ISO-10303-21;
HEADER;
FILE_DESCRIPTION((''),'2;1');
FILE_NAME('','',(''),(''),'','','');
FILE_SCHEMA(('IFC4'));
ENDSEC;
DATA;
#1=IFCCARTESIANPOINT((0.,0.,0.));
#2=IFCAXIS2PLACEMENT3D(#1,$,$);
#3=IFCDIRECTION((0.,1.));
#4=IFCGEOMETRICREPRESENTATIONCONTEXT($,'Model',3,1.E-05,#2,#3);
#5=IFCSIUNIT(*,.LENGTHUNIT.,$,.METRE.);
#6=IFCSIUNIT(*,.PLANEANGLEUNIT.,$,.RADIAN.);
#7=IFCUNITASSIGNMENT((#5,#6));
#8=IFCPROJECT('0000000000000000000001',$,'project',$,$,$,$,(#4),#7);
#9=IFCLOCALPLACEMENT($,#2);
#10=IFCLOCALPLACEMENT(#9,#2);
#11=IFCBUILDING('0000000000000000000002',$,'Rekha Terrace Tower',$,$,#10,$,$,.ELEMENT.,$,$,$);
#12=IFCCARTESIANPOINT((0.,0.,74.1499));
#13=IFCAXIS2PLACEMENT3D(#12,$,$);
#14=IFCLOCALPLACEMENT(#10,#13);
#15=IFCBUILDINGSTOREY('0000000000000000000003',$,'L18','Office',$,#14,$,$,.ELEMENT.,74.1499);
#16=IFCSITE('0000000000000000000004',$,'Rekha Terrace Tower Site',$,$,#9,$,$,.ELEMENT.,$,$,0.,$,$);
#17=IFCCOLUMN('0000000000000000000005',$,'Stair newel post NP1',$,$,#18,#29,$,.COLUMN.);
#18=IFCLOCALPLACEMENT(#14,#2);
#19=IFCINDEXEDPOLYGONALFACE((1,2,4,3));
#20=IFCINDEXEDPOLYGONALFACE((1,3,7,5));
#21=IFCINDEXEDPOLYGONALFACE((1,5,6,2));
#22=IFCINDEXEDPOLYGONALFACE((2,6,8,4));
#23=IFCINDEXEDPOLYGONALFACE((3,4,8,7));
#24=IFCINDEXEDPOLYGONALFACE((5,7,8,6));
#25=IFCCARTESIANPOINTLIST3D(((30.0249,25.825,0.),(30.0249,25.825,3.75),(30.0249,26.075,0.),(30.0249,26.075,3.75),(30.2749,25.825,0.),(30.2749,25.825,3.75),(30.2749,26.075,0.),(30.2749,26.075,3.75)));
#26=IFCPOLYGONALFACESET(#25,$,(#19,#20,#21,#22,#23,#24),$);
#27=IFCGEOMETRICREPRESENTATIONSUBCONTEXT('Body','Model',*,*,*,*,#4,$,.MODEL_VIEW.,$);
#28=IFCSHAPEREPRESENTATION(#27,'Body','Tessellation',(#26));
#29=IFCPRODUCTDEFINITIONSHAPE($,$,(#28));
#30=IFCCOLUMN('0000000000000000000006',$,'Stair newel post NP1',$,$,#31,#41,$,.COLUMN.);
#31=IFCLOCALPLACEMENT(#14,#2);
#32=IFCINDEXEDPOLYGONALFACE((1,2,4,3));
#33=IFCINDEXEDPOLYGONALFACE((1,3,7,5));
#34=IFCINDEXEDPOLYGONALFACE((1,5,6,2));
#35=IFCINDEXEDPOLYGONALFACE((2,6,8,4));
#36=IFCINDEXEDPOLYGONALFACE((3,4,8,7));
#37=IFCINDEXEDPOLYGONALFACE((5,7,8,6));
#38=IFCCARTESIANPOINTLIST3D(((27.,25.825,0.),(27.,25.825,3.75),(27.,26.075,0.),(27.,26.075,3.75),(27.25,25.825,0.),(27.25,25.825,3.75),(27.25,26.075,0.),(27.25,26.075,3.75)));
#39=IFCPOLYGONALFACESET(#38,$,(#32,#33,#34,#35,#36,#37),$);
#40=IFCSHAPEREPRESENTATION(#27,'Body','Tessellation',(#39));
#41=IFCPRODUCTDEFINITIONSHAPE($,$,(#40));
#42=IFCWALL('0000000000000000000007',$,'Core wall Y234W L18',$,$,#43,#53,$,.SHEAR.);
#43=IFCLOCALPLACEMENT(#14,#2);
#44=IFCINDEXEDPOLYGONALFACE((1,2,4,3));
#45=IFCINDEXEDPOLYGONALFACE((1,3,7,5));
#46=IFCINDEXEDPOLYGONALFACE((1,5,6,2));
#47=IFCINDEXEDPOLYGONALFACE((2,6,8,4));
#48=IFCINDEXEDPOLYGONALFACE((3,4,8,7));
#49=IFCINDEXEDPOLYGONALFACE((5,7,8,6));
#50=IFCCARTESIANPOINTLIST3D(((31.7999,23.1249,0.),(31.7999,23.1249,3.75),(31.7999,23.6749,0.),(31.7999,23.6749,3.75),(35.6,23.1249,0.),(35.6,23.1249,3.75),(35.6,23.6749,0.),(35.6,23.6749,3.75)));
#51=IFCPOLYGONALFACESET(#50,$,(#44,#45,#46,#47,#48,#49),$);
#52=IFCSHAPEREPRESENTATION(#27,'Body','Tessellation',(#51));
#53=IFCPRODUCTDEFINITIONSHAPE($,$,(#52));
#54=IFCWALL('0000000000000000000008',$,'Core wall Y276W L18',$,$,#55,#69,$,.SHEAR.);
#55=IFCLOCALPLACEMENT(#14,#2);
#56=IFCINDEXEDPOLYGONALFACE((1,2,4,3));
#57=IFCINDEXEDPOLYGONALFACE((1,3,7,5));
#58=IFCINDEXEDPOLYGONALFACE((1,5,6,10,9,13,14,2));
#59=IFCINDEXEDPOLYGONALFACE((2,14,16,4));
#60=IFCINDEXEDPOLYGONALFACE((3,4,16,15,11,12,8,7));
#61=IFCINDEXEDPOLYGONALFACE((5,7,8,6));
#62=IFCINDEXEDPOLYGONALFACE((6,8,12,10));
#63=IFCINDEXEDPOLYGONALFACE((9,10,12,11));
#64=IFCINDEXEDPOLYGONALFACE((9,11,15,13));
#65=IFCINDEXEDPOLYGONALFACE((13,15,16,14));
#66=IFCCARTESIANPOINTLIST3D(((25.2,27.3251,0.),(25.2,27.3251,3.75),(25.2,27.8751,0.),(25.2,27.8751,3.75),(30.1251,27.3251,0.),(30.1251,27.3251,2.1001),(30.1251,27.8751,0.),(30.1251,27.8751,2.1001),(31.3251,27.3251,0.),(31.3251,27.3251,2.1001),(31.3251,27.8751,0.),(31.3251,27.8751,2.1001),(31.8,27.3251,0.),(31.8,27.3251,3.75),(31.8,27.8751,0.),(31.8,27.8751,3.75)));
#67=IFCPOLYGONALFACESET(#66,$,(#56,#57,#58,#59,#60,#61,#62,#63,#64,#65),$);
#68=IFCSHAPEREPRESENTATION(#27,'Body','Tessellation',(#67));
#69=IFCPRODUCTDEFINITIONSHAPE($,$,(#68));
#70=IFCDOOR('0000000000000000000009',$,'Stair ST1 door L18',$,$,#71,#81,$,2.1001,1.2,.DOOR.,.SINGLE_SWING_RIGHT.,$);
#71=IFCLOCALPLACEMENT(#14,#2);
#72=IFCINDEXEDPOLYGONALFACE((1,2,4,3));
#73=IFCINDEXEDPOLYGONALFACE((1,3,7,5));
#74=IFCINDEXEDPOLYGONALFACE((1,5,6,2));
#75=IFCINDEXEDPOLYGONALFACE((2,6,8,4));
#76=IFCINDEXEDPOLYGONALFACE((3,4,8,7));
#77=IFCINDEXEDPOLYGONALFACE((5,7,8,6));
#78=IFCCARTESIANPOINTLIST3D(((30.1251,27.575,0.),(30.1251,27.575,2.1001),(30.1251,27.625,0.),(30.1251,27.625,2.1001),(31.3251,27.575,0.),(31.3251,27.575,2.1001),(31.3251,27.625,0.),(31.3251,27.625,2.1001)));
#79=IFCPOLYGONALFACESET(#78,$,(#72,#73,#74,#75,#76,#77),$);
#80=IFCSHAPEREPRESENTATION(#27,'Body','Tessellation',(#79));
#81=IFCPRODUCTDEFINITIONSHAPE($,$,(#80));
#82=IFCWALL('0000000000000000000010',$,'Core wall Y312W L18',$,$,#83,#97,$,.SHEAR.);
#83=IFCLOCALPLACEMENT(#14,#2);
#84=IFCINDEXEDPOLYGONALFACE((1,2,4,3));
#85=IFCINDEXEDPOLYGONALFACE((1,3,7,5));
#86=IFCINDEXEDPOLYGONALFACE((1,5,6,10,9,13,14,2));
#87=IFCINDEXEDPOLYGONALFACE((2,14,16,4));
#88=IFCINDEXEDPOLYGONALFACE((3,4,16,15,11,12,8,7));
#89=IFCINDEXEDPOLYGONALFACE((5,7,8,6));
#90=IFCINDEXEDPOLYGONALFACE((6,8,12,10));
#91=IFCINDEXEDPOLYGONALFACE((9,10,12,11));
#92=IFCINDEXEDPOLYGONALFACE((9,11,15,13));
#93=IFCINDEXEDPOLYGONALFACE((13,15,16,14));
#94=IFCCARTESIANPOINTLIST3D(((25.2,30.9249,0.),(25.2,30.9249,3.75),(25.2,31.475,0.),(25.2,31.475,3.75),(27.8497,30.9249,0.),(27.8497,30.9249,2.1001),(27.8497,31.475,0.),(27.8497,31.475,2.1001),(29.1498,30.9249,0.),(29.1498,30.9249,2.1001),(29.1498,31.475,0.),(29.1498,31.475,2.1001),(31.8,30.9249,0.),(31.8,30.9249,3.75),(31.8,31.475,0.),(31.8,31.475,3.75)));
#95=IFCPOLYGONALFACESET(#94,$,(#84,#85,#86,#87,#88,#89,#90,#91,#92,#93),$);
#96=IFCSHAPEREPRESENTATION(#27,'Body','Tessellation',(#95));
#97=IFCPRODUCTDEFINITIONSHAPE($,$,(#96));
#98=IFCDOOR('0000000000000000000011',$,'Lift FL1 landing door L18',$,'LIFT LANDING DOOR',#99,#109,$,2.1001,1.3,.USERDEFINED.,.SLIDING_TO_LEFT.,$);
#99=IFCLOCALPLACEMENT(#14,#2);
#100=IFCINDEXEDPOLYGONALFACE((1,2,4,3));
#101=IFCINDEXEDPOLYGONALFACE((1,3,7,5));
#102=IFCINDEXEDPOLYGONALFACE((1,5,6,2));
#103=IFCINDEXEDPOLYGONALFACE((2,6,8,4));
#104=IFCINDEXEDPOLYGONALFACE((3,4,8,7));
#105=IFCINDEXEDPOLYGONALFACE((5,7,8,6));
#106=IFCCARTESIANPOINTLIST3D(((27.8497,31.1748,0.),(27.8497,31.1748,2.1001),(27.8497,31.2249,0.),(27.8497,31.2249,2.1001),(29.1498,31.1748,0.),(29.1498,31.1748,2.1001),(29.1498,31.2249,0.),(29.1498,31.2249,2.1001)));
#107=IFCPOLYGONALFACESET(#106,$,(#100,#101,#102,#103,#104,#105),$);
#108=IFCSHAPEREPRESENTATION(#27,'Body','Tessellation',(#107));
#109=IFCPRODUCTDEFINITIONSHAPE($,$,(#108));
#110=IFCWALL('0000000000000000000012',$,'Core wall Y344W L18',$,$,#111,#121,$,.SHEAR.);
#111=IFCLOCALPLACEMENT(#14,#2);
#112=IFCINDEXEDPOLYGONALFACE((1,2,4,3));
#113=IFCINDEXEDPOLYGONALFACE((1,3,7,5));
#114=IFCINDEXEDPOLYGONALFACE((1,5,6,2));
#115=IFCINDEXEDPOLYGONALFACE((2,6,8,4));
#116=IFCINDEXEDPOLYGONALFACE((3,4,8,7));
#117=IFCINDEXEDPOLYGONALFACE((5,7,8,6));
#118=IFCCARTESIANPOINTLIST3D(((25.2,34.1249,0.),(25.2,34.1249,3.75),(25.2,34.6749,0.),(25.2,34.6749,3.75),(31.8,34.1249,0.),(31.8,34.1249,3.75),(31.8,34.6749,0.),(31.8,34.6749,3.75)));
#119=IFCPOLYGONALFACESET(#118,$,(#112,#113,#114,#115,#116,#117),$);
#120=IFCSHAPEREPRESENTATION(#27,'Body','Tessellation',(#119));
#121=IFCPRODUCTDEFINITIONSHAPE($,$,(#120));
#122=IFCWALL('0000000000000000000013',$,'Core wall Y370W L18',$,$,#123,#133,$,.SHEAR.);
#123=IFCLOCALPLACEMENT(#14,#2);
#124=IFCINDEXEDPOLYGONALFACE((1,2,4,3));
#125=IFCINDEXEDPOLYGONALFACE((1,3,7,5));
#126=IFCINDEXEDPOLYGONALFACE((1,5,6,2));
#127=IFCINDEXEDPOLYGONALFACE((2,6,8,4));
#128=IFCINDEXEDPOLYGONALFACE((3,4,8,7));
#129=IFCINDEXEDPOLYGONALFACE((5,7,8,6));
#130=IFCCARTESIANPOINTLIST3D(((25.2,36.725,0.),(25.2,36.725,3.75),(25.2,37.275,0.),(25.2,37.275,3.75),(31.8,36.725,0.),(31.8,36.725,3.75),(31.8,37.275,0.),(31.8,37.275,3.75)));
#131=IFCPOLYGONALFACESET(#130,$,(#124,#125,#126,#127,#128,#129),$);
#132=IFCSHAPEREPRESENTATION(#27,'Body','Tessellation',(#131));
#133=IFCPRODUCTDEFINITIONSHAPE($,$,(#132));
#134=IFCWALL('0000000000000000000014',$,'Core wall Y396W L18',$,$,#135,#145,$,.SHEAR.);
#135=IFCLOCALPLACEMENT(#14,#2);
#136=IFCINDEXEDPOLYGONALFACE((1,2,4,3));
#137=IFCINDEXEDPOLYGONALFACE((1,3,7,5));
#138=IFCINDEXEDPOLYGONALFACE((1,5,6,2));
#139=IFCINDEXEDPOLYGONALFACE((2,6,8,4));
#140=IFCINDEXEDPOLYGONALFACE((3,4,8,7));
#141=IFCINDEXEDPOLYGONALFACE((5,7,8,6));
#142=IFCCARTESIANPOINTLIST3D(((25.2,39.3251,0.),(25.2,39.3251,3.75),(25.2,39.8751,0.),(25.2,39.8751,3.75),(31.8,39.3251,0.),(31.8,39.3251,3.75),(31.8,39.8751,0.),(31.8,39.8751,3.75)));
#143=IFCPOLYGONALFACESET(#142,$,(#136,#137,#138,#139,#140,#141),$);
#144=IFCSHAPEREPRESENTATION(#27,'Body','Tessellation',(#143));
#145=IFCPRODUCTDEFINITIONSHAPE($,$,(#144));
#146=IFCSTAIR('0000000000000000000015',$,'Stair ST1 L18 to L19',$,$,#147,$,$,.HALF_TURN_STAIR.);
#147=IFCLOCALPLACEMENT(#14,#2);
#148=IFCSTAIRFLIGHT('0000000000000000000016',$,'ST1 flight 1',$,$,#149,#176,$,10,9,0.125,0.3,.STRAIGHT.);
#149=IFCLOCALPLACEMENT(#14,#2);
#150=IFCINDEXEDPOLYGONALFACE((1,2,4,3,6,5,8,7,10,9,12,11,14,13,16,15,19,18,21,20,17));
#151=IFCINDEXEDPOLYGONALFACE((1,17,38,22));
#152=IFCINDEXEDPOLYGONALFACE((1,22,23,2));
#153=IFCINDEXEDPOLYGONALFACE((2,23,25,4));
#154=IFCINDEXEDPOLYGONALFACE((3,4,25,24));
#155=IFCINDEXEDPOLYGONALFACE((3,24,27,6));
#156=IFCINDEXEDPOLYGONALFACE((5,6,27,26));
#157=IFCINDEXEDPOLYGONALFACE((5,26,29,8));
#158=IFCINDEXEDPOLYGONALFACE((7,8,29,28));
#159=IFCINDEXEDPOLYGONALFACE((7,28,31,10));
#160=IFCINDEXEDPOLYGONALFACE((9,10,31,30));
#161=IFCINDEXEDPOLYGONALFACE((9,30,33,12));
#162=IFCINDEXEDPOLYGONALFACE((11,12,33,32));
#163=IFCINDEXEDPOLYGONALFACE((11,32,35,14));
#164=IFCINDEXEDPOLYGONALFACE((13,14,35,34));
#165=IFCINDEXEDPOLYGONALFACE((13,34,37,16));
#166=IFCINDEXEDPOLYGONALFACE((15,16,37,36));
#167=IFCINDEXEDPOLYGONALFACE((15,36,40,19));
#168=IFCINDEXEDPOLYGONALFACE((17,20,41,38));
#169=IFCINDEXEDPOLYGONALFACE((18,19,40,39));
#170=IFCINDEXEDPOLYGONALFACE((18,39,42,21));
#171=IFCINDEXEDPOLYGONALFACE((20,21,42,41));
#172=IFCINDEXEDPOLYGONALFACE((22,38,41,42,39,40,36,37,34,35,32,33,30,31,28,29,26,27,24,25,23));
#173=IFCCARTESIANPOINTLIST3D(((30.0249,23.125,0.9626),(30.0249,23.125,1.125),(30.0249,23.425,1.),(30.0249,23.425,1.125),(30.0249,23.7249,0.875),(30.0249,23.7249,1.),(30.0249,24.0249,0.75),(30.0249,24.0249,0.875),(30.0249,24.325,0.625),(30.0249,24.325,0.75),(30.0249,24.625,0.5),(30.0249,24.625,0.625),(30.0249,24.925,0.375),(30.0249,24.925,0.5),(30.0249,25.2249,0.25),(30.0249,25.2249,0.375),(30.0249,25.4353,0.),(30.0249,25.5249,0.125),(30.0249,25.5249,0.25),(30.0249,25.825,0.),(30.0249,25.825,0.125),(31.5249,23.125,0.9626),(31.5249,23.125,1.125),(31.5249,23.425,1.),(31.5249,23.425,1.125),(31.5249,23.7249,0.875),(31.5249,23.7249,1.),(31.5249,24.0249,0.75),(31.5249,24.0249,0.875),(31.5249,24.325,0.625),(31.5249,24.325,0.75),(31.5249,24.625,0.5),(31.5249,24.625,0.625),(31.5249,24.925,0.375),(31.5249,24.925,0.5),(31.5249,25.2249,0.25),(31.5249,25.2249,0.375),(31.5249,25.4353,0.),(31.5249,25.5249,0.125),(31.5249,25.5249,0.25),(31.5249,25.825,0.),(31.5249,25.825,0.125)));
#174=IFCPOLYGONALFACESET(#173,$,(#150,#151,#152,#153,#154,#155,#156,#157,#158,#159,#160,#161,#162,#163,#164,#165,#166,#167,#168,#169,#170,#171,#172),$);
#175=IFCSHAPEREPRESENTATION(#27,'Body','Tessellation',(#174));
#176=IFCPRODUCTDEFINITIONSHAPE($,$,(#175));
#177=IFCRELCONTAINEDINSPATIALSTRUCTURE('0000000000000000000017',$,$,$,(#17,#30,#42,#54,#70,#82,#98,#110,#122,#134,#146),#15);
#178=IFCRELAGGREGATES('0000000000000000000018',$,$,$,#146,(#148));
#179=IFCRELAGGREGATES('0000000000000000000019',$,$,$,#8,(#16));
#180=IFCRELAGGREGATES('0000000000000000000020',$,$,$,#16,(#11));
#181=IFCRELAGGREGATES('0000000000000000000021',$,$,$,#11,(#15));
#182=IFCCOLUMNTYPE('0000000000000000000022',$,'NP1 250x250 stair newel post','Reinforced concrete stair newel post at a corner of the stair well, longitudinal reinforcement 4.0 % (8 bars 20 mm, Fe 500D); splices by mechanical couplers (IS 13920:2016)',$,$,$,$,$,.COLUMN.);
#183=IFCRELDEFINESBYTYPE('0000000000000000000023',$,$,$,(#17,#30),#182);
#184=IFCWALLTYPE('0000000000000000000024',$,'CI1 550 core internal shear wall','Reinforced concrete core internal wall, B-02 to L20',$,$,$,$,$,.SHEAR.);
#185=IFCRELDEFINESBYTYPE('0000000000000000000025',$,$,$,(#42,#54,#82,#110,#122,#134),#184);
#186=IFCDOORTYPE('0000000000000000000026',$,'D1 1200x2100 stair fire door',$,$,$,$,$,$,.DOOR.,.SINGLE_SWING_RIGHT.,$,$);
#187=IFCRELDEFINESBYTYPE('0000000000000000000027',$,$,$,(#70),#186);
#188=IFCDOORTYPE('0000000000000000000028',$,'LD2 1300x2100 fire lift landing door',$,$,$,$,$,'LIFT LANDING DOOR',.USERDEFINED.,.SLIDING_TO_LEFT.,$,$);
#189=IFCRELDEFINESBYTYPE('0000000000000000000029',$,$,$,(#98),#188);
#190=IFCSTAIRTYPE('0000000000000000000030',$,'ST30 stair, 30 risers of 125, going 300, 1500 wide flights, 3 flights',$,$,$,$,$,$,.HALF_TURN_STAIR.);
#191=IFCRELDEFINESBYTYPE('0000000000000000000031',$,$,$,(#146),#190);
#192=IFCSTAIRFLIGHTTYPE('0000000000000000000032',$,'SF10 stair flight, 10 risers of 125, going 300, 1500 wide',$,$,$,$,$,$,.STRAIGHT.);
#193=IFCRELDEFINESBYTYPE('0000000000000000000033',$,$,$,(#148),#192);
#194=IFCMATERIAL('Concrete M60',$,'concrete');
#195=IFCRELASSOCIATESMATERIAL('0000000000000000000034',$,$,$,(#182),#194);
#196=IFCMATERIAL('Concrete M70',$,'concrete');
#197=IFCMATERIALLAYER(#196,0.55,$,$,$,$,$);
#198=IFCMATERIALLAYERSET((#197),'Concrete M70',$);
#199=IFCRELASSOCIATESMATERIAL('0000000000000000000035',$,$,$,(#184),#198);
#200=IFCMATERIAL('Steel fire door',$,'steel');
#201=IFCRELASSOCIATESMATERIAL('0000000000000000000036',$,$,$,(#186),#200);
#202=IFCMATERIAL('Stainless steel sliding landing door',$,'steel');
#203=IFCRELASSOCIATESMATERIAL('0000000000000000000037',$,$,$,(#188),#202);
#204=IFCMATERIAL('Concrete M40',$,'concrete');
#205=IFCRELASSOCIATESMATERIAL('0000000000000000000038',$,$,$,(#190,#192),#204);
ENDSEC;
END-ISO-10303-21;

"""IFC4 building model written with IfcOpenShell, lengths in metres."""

from ifc_helpers import new_model, si_unit, direction, frame, frame_2d, origin, origin_2d, place, context, subcontext, project, spatial, polyline, rectangle, outline, extrude, material, layer, layer_set, material_profile, profile_set, type_object, element, fill, aggregate, save


model = new_model("IFC4")

# Units and contexts
model_context = context("Model", 3, precision=1e-05, world=origin(), true_north=direction((0.0, 1.0)))
body_context = subcontext(model_context, "Body", "Model", "MODEL_VIEW")
ifc_project = project(units=[si_unit("LENGTHUNIT", "METRE"), si_unit("PLANEANGLEUNIT", "RADIAN")], contexts=[model_context])

# Site, building, storey
site_placement = place(None, origin())
site = spatial("IfcSite", under=ifc_project, at=site_placement, Name="Rekha Terrace Tower Site", CompositionType="ELEMENT", RefElevation=0.0)
building_placement = place(site_placement, origin())
building = spatial("IfcBuilding", under=site, at=building_placement, Name="Rekha Terrace Tower", CompositionType="ELEMENT")
storey_placement = place(building_placement, frame((0.0, 0.0, 74.1499)))
storey = spatial("IfcBuildingStorey", under=building, at=storey_placement, Name="L18", Description="Office", CompositionType="ELEMENT", Elevation=74.1499)

# Columns
ifc_material_1 = material(Name="Concrete M60", Category="concrete")
ifc_material_profile = material_profile(ifc_material_1, rectangle(XDim=0.25, YDim=0.25, at=origin_2d()), Name="RC 250x250")
ifc_profile_set = profile_set([ifc_material_profile], Name="Concrete M60")
column_type = type_object("IfcColumnType", Name="NP1 250x250 stair newel post", Description="Reinforced concrete stair newel post at a corner of the stair well, longitudinal reinforcement 4.0 % (8 bars 20 mm, Fe 500D); splices by mechanical couplers (IS 13920:2016)", PredefinedType="COLUMN", material=ifc_profile_set)
for number, where, z_axis, x_axis, name in (
    (1, (30.1499, 25.95, 0.0), (0.0, 0.0, 1.0), (1.0, 0.0, 0.0), "Stair newel post NP1"),
    (2, (27.125, 25.95, 0.0), (0.0, 0.0, 1.0), (1.0, 0.0, 0.0), "Stair newel post NP1"),
):
    element("IfcColumn", number, at=place(storey_placement, frame(where, z_axis=z_axis, x_axis=x_axis)), inside=storey, type_object=column_type, Name=name, PredefinedType="COLUMN", context=body_context, shape_type="SweptSolid", body=[
        extrude(rectangle(XDim=0.25, YDim=0.25, at=origin_2d()), origin(), (0.0, 0.0, 1.0), 3.75),
    ])

# Wall
ifc_material_2 = material(Name="Concrete M70", Category="concrete")
ifc_layer = layer(ifc_material_2, 0.55)
ifc_layer_set = layer_set([ifc_layer], Name="Concrete M70")
wall_type = type_object("IfcWallType", Name="CI1 550 core internal shear wall", Description="Reinforced concrete core internal wall, B-02 to L20", PredefinedType="SHEAR", material=ifc_layer_set)
wall_1_placement = place(storey_placement, frame((31.8, 23.3999, 0.0), z_axis=(0.0, 0.0, 1.0), x_axis=(1.0, 0.0, 0.0)))
element("IfcWall", 3, at=wall_1_placement, inside=storey, type_object=wall_type, Name="Core wall Y234W L18", PredefinedType="SHEAR", context=body_context, shape_type="SweptSolid", body=[
    extrude(rectangle(XDim=3.8, YDim=0.55, at=frame_2d((1.8999, 0.0))), origin(), (0.0, 0.0, 1.0), 3.75),
])

# Walls, openings, doors
wall_2_placement = place(storey_placement, frame((25.2, 27.6001, 0.0), z_axis=(0.0, 0.0, 1.0), x_axis=(1.0, 0.0, 0.0)))
wall_2 = element("IfcWall", 4, at=wall_2_placement, inside=storey, type_object=wall_type, Name="Core wall Y276W L18", PredefinedType="SHEAR", context=body_context, shape_type="SweptSolid", body=[
    extrude(rectangle(XDim=6.6001, YDim=0.55, at=frame_2d((3.3, 0.0))), origin(), (0.0, 0.0, 1.0), 3.75),
])
opening_1_placement = place(wall_2_placement, frame((4.925, 0.0, 0.0)))
opening_1 = element("IfcOpeningElement", 5, at=opening_1_placement, cuts=wall_2, PredefinedType="OPENING", context=body_context, shape_type="SweptSolid", body=[
    extrude(rectangle(XDim=1.2, YDim=2.1001, at=frame_2d((0.6001, 1.05))), frame((0.0, 0.2849, 0.0), z_axis=(0.0, -1.0, 0.0), x_axis=(1.0, 0.0, 0.0)), (0.0, 0.0, 1.0), 0.5701),
])
ifc_material_3 = material(Name="Steel fire door", Category="steel")
door_type_1 = type_object("IfcDoorType", Name="D1 1200x2100 stair fire door", OperationType="SINGLE_SWING_RIGHT", PredefinedType="DOOR", material=ifc_material_3)
door_1_placement = place(opening_1_placement, origin())
door_1 = element("IfcDoor", 6, at=door_1_placement, inside=storey, type_object=door_type_1, Name="Stair ST1 door L18", OperationType="SINGLE_SWING_RIGHT", OverallHeight=2.1001, OverallWidth=1.2, PredefinedType="DOOR", context=body_context, shape_type="SweptSolid", body=[
    extrude(rectangle(XDim=1.2, YDim=2.1001, at=frame_2d((0.6001, 1.05))), frame((0.0, 0.0249, 0.0), z_axis=(0.0, -1.0, 0.0), x_axis=(1.0, 0.0, 0.0)), (0.0, 0.0, 1.0), 0.05),
])
fill(opening_1, door_1)
wall_3_placement = place(storey_placement, frame((25.2, 31.2, 0.0), z_axis=(0.0, 0.0, 1.0), x_axis=(1.0, 0.0, 0.0)))
wall_3 = element("IfcWall", 7, at=wall_3_placement, inside=storey, type_object=wall_type, Name="Core wall Y312W L18", PredefinedType="SHEAR", context=body_context, shape_type="SweptSolid", body=[
    extrude(rectangle(XDim=6.6001, YDim=0.55, at=frame_2d((3.3, 0.0))), origin(), (0.0, 0.0, 1.0), 3.75),
])
opening_2_placement = place(wall_3_placement, frame((2.6499, 0.0, 0.0)))
opening_2 = element("IfcOpeningElement", 8, at=opening_2_placement, cuts=wall_3, PredefinedType="OPENING", context=body_context, shape_type="SweptSolid", body=[
    extrude(rectangle(XDim=1.3, YDim=2.1001, at=frame_2d((0.6499, 1.05))), frame((0.0, 0.2849, 0.0), z_axis=(0.0, -1.0, 0.0), x_axis=(1.0, 0.0, 0.0)), (0.0, 0.0, 1.0), 0.5701),
])
ifc_material_4 = material(Name="Stainless steel sliding landing door", Category="steel")
door_type_2 = type_object("IfcDoorType", Name="LD2 1300x2100 fire lift landing door", ElementType="LIFT LANDING DOOR", OperationType="SLIDING_TO_LEFT", PredefinedType="USERDEFINED", material=ifc_material_4)
door_2_placement = place(opening_2_placement, origin())
door_2 = element("IfcDoor", 9, at=door_2_placement, inside=storey, type_object=door_type_2, Name="Lift FL1 landing door L18", ObjectType="LIFT LANDING DOOR", OperationType="SLIDING_TO_LEFT", OverallHeight=2.1001, OverallWidth=1.3, PredefinedType="USERDEFINED", context=body_context, shape_type="SweptSolid", body=[
    extrude(rectangle(XDim=1.3, YDim=2.1001, at=frame_2d((0.6499, 1.05))), frame((0.0, 0.0249, 0.0), z_axis=(0.0, -1.0, 0.0), x_axis=(1.0, 0.0, 0.0)), (0.0, 0.0, 1.0), 0.05),
])
fill(opening_2, door_2)

# Walls
for number, where, z_axis, x_axis, name in (
    (10, (25.2, 34.3999, 0.0), (0.0, 0.0, 1.0), (1.0, 0.0, 0.0), "Core wall Y344W L18"),
    (11, (25.2, 37.0, 0.0), (0.0, 0.0, 1.0), (1.0, 0.0, 0.0), "Core wall Y370W L18"),
    (12, (25.2, 39.6001, 0.0), (0.0, 0.0, 1.0), (1.0, 0.0, 0.0), "Core wall Y396W L18"),
):
    element("IfcWall", number, at=place(storey_placement, frame(where, z_axis=z_axis, x_axis=x_axis)), inside=storey, type_object=wall_type, Name=name, PredefinedType="SHEAR", context=body_context, shape_type="SweptSolid", body=[
        extrude(rectangle(XDim=6.6001, YDim=0.55, at=frame_2d((3.3, 0.0))), origin(), (0.0, 0.0, 1.0), 3.75),
    ])

# Stair, stair flight
ifc_material_5 = material(Name="Concrete M40", Category="concrete")
stair_type = type_object("IfcStairType", Name="ST30 stair, 30 risers of 125, going 300, 1500 wide flights, 3 flights", PredefinedType="HALF_TURN_STAIR", material=ifc_material_5)
stair_1_placement = place(storey_placement, origin())
stair_1 = element("IfcStair", 13, at=stair_1_placement, inside=storey, type_object=stair_type, Name="Stair ST1 L18 to L19", PredefinedType="HALF_TURN_STAIR")
stair_flight_type = type_object("IfcStairFlightType", Name="SF10 stair flight, 10 risers of 125, going 300, 1500 wide", PredefinedType="STRAIGHT", material=ifc_material_5)
stair_flight_1_placement = place(storey_placement, frame((30.7749, 25.825, 0.0), z_axis=(0.0, 0.0, 1.0), x_axis=(0.0, -1.0, 0.0)))
stair_flight_1 = element("IfcStairFlight", 14, at=stair_flight_1_placement, type_object=stair_flight_type, Name="ST1 flight 1", NumberOfRisers=10, NumberOfTreads=9, PredefinedType="STRAIGHT", RiserHeight=0.125, TreadLength=0.3, context=body_context, shape_type="SweptSolid", body=[
    extrude(outline(polyline([(0.0, 0.0), (0.0, 0.125), (0.3, 0.125), (0.3, 0.25), (0.6001, 0.25), (0.6001, 0.375), (0.8999, 0.375), (0.8999, 0.5), (1.2, 0.5), (1.2, 0.625), (1.5, 0.625), (1.5, 0.75), (1.8, 0.75), (1.8, 0.875), (2.1001, 0.875), (2.1001, 1.0), (2.3999, 1.0), (2.3999, 1.125), (2.7, 1.125), (2.7, 1.25), (2.7, 0.9626), (0.3896, 0.0), (0.0, 0.0)])), frame((0.0, 0.75, 0.0), z_axis=(0.0, -1.0, 0.0), x_axis=(1.0, 0.0, 0.0)), (0.0, 0.0, 1.0), 1.5),
])
aggregate(stair_1, [stair_flight_1])

save(model, "model.ifc")
